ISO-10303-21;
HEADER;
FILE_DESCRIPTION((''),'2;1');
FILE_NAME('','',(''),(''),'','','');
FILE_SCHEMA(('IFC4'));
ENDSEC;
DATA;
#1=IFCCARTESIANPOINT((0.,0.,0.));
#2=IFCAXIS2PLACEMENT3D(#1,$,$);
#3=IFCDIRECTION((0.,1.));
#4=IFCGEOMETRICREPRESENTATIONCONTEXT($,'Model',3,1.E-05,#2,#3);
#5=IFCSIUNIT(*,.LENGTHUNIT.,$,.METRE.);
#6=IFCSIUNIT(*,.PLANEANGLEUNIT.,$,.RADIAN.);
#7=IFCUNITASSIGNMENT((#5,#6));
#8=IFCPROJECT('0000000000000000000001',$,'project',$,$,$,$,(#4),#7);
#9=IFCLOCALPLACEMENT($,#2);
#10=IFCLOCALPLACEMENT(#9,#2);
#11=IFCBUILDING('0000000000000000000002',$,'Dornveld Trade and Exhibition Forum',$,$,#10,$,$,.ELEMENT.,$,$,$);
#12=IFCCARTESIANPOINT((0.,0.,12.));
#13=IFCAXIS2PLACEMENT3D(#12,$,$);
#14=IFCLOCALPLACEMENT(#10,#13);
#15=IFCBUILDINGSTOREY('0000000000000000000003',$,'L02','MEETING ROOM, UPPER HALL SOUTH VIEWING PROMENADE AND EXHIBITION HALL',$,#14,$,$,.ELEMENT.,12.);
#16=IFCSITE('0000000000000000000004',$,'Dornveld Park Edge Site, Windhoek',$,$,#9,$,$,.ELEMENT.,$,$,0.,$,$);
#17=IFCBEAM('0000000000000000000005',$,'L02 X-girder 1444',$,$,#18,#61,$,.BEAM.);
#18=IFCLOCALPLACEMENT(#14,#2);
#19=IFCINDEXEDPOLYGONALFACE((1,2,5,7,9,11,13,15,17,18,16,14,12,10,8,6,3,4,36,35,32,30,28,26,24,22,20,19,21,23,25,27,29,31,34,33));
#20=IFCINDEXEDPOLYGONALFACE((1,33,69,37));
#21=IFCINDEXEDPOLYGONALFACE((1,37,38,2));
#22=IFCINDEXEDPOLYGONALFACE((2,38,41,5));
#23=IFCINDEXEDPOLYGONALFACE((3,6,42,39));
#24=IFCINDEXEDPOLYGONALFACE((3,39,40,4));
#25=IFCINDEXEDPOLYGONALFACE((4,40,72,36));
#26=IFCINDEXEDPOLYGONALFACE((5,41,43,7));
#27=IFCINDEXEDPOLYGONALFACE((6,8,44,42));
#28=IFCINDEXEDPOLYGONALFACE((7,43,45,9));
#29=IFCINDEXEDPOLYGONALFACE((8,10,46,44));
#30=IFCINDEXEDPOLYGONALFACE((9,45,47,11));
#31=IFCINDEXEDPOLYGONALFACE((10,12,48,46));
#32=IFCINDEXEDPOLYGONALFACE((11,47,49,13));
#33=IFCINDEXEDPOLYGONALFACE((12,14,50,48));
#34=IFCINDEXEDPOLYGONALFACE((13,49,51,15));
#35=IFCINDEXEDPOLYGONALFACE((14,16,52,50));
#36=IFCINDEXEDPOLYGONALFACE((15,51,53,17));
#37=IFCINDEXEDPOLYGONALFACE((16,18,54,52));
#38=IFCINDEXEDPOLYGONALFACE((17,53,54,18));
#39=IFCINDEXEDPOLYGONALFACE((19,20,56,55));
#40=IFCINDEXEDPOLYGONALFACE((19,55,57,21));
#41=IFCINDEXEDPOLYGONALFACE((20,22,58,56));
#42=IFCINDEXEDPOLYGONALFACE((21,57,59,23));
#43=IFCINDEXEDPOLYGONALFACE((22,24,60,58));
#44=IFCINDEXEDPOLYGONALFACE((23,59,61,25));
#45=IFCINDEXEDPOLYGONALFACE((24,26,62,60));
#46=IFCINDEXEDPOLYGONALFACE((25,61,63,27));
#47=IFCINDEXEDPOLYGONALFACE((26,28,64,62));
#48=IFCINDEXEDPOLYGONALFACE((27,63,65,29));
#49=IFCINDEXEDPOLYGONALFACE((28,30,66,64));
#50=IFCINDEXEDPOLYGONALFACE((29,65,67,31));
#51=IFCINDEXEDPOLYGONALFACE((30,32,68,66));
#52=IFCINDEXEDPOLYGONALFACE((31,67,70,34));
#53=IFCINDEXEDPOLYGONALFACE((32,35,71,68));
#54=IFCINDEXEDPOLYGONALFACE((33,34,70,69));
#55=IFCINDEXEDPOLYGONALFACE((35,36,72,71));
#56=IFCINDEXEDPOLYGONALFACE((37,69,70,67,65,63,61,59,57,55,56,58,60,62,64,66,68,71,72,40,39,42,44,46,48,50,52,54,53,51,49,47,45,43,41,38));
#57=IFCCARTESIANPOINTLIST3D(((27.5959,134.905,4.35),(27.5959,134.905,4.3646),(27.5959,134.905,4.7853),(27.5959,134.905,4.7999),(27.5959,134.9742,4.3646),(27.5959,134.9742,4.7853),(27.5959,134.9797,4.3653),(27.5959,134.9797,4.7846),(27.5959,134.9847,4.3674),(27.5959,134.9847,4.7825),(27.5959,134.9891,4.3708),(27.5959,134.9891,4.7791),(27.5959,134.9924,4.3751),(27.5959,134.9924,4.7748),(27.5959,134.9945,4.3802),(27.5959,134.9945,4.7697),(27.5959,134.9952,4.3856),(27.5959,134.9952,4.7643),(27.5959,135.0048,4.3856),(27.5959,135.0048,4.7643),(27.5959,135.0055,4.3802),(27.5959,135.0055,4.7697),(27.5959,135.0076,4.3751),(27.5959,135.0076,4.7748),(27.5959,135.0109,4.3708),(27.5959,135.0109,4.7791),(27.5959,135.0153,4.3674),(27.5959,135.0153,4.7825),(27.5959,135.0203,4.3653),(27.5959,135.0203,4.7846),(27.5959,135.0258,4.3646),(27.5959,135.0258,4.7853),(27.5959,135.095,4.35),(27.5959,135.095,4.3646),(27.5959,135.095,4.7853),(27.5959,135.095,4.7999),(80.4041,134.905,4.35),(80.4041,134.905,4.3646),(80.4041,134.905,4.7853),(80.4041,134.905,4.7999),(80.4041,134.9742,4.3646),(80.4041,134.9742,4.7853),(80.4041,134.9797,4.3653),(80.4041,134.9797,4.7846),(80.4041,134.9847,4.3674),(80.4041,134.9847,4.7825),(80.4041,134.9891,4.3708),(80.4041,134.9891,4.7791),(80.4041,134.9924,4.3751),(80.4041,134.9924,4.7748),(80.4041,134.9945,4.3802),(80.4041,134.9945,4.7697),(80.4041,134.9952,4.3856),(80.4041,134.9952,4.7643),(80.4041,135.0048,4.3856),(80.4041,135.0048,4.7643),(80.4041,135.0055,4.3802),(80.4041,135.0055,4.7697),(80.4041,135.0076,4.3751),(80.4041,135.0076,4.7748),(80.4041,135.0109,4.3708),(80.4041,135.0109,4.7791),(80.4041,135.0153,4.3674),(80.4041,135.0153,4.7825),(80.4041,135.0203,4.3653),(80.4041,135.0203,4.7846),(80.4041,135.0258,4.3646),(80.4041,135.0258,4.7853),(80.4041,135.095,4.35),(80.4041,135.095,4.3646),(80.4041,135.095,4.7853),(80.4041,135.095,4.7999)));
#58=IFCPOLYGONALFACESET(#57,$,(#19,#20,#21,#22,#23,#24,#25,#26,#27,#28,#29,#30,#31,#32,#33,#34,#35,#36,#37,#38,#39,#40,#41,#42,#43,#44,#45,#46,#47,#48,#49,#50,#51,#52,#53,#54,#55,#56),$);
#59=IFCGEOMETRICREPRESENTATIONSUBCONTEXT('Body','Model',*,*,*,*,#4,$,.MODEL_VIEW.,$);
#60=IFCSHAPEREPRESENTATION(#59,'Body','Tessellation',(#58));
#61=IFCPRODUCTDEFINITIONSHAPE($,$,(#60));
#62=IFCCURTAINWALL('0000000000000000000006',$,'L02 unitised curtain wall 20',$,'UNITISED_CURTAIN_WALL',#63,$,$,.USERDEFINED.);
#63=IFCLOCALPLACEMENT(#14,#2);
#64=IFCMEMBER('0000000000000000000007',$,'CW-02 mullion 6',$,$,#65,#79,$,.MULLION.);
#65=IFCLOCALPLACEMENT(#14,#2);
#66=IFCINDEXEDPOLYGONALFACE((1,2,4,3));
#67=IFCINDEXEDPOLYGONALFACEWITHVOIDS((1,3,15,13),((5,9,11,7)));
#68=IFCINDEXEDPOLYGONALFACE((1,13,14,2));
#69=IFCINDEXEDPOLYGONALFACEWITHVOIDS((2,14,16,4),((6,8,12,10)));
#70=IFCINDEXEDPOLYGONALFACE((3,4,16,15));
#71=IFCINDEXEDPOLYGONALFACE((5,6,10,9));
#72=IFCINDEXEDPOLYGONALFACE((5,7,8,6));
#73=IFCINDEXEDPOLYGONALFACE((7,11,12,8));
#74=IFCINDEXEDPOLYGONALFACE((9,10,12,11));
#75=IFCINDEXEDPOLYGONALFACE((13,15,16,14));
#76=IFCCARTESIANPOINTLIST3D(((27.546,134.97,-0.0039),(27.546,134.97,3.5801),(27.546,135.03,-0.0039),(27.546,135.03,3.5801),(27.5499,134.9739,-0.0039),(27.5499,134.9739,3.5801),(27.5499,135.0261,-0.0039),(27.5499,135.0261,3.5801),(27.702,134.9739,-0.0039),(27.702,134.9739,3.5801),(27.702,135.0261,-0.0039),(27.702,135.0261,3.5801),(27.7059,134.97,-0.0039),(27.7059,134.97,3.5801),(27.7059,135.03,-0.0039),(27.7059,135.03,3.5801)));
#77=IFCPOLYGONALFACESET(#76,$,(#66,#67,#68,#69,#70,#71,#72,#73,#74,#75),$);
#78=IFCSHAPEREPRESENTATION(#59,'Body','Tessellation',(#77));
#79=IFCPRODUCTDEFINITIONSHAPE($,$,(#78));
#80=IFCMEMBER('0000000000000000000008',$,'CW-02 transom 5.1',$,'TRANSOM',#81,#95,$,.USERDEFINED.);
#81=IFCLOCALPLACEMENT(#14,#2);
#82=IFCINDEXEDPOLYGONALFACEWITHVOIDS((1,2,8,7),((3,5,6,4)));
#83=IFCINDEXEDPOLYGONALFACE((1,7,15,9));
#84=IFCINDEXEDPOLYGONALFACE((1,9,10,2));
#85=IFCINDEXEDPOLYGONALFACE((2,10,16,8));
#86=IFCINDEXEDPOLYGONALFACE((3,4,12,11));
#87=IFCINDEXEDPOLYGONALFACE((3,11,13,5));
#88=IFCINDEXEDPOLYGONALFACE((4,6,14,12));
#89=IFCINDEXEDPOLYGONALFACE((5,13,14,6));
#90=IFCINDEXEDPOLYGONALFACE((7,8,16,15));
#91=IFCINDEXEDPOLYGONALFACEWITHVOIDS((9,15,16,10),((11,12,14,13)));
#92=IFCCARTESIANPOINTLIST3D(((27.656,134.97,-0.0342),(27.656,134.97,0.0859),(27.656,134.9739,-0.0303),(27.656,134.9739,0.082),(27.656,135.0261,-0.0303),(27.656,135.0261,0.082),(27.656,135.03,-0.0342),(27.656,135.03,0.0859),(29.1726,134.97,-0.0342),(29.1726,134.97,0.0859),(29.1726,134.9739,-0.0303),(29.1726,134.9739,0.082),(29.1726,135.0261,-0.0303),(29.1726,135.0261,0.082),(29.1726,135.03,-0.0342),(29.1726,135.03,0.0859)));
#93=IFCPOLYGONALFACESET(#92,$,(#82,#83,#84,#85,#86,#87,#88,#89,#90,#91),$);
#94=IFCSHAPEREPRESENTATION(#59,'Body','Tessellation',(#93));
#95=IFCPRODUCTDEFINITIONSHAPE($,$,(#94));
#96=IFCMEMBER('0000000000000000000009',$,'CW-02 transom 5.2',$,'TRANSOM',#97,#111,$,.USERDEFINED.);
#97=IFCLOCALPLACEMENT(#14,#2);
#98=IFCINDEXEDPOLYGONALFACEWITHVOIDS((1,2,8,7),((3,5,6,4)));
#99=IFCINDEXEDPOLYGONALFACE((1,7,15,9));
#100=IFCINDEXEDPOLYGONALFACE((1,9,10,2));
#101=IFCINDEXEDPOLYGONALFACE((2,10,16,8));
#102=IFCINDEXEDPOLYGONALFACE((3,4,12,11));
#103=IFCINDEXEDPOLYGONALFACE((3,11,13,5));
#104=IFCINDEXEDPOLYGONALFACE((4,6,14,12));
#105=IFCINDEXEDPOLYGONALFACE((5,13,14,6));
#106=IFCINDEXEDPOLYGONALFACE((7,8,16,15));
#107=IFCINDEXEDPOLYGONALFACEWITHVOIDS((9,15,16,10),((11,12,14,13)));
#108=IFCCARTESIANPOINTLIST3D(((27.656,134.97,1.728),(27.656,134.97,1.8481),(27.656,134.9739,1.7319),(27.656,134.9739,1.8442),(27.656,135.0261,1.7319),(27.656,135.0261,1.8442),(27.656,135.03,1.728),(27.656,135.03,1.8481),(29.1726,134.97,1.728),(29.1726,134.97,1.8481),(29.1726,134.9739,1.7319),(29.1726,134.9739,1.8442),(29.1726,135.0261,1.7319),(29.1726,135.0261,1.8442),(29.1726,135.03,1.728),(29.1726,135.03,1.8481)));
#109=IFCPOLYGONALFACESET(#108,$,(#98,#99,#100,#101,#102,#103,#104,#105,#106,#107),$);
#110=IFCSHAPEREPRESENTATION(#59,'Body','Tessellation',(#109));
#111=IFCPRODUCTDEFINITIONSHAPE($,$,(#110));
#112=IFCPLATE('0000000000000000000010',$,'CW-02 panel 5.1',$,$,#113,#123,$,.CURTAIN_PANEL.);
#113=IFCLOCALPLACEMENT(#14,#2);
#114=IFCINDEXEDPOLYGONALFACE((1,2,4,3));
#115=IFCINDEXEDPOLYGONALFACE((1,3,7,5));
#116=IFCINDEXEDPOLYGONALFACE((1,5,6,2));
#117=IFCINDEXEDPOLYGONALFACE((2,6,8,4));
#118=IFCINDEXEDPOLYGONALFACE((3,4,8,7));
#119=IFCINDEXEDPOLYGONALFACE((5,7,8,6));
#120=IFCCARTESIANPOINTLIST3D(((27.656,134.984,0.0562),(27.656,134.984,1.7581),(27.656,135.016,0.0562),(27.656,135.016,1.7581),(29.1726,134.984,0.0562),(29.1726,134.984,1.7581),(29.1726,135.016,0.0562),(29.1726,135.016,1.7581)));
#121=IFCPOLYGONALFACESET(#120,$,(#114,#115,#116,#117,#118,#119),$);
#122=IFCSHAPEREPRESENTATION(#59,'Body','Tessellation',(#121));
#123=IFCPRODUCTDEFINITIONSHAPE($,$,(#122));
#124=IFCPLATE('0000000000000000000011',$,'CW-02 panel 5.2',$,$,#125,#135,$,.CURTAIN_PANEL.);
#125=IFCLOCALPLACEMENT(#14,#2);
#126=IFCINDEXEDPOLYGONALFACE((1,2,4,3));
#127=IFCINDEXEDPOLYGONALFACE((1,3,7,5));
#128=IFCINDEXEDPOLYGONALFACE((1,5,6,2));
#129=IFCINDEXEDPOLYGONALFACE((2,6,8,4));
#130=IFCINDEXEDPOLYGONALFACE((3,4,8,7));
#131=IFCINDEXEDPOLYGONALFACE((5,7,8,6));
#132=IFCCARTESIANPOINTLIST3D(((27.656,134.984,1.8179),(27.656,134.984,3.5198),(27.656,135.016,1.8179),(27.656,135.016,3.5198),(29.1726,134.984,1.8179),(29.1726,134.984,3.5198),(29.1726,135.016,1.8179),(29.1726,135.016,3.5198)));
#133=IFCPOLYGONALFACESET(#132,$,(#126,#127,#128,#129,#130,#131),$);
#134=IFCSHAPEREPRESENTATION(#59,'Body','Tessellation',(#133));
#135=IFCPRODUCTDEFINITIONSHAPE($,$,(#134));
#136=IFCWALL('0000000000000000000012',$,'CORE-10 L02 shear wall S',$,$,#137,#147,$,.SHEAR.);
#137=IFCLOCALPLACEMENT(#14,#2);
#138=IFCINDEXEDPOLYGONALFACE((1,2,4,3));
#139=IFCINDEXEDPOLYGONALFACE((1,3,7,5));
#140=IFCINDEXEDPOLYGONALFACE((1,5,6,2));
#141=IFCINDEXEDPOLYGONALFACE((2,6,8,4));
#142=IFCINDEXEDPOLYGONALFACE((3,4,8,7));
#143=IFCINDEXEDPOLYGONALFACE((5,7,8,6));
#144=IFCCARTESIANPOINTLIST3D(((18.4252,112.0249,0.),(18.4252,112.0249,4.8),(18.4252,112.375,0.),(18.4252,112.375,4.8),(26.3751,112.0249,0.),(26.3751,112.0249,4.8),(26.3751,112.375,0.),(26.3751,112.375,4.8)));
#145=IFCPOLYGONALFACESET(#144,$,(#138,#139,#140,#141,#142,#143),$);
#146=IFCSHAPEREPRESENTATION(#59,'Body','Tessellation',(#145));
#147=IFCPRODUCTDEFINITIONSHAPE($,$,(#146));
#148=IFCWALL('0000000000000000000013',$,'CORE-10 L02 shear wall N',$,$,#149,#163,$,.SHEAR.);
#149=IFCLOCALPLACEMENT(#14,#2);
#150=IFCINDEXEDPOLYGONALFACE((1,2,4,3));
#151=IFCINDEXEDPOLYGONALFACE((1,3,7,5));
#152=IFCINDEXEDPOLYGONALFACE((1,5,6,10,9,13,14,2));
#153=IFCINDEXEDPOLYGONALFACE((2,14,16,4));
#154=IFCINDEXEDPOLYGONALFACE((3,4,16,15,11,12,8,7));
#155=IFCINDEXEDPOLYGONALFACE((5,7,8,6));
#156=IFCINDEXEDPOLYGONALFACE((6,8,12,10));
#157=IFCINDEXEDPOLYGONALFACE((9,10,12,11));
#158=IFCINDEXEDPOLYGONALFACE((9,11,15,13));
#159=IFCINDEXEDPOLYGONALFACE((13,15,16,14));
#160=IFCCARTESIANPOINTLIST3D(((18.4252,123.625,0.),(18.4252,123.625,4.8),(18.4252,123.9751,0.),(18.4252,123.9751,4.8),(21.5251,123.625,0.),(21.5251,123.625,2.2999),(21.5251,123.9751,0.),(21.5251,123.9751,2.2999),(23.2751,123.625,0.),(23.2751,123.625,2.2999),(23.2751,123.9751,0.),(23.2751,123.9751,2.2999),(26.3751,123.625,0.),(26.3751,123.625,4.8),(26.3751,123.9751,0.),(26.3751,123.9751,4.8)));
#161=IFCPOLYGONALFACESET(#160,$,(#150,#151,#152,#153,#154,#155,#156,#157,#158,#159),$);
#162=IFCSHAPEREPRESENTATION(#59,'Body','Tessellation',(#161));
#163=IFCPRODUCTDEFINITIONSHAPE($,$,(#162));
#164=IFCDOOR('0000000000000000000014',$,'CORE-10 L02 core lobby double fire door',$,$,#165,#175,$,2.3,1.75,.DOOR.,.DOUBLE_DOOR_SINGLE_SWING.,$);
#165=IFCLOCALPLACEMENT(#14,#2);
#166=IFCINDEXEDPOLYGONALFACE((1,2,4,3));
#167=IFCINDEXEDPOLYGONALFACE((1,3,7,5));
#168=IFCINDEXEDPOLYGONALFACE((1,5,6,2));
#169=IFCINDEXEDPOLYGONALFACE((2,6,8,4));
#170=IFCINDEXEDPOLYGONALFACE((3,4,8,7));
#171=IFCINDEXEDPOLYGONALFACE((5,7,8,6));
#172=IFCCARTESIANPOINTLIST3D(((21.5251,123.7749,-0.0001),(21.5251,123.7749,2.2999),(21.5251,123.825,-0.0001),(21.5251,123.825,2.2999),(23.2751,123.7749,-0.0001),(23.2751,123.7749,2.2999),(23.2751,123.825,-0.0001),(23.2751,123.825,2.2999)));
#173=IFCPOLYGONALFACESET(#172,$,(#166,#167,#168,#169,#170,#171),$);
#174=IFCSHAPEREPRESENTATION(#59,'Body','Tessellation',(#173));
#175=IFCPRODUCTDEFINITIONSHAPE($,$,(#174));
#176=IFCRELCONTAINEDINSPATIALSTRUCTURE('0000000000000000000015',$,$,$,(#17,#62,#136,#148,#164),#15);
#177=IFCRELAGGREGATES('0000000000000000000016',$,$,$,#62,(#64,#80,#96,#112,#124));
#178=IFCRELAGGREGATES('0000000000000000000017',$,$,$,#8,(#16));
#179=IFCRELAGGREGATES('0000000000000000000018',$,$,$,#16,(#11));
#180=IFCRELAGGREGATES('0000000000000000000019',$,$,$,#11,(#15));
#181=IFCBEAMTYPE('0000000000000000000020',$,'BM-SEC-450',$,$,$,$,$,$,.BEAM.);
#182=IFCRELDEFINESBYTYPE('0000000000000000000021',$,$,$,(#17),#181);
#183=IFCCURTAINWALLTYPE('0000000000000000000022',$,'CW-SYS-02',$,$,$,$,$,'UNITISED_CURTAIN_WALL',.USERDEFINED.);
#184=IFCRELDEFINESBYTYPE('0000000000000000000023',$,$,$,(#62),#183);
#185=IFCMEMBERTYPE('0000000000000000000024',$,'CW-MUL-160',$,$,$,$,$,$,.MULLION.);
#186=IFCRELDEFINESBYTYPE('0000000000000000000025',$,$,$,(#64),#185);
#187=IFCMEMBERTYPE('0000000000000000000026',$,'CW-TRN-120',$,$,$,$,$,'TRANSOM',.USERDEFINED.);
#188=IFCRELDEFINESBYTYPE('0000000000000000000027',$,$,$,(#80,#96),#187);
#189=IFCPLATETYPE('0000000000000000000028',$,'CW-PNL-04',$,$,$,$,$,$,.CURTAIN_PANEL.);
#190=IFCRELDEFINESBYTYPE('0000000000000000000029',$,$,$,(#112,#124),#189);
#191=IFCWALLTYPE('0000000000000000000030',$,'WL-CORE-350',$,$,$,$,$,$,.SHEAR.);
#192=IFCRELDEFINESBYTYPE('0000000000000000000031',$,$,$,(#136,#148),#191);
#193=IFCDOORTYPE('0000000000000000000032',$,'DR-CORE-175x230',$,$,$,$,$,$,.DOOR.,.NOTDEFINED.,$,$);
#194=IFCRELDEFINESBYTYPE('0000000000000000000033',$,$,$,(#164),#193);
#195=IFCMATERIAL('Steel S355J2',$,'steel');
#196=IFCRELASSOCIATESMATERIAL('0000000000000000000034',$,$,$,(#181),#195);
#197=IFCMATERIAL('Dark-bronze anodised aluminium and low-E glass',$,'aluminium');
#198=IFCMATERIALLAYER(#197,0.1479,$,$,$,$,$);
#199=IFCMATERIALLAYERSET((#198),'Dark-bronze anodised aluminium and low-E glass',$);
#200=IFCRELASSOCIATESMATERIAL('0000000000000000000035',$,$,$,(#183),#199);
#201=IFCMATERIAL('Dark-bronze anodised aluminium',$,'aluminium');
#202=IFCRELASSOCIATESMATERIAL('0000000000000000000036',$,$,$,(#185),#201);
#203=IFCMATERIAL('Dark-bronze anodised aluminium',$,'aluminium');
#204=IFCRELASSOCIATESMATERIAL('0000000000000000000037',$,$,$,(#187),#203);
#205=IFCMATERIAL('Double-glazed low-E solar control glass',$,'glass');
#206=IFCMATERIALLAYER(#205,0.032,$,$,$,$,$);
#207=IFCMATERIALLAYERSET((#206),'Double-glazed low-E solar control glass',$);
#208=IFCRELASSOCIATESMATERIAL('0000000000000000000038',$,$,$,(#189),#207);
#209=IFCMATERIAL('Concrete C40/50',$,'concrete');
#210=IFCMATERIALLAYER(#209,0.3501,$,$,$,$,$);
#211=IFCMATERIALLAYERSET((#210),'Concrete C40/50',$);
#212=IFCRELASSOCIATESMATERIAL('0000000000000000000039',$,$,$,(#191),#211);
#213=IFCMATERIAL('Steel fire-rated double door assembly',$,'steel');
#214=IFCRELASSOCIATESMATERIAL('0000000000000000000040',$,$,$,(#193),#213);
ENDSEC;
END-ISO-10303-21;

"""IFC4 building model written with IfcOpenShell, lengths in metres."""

from ifc_helpers import new_model, si_unit, direction, frame, frame_2d, origin, origin_2d, place, context, subcontext, project, spatial, rectangle, hollow_rectangle, i_section, extrude, material, layer, layer_set, material_profile, profile_set, type_object, element, fill, aggregate, save


model = new_model("IFC4")

# Units and contexts
model_context = context("Model", 3, precision=1e-05, world=origin(), true_north=direction((0.0, 1.0)))
body_context = subcontext(model_context, "Body", "Model", "MODEL_VIEW")
ifc_project = project(units=[si_unit("LENGTHUNIT", "METRE"), si_unit("PLANEANGLEUNIT", "RADIAN")], contexts=[model_context])

# Site, building, storey
site_placement = place(None, origin())
site = spatial("IfcSite", under=ifc_project, at=site_placement, Name="Dornveld Park Edge Site, Windhoek", CompositionType="ELEMENT", RefElevation=0.0)
building_placement = place(site_placement, origin())
building = spatial("IfcBuilding", under=site, at=building_placement, Name="Dornveld Trade and Exhibition Forum", CompositionType="ELEMENT")
storey_placement = place(building_placement, frame((0.0, 0.0, 12.0)))
storey = spatial("IfcBuildingStorey", under=building, at=storey_placement, Name="L02", Description="MEETING ROOM, UPPER HALL SOUTH VIEWING PROMENADE AND EXHIBITION HALL", CompositionType="ELEMENT", Elevation=12.0)

# Beam
ifc_material_1 = material(Name="Steel S355J2", Category="steel")
ifc_material_profile_1 = material_profile(ifc_material_1, i_section(OverallWidth=0.1899, OverallDepth=0.45, WebThickness=0.0095, FlangeThickness=0.0146, FilletRadius=0.021, at=origin_2d()), Name="IPE 450")
ifc_profile_set_1 = profile_set([ifc_material_profile_1], Name="Steel S355J2")
beam_type_1 = type_object("IfcBeamType", Name="BM-SEC-450", PredefinedType="BEAM", material=ifc_profile_set_1)
beam_1_placement = place(storey_placement, frame((27.5959, 135.0, 4.575), z_axis=(1.0, 0.0, 0.0), x_axis=(0.0, 1.0, 0.0)))
element("IfcBeam", 1, at=beam_1_placement, inside=storey, type_object=beam_type_1, Name="L02 X-girder 1444", PredefinedType="BEAM", context=body_context, shape_type="SweptSolid", body=[
    extrude(i_section(OverallWidth=0.1899, OverallDepth=0.45, WebThickness=0.0095, FlangeThickness=0.0146, FilletRadius=0.021, at=origin_2d()), origin(), (0.0, 0.0, 1.0), 52.8081),
])

# Curtain wall, members, plates
ifc_material_2 = material(Name="Dark-bronze anodised aluminium and low-E glass", Category="aluminium")
ifc_layer_1 = layer(ifc_material_2, 0.1479)
ifc_layer_set_1 = layer_set([ifc_layer_1], Name="Dark-bronze anodised aluminium and low-E glass")
curtain_wall_type = type_object("IfcCurtainWallType", Name="CW-SYS-02", ElementType="UNITISED_CURTAIN_WALL", PredefinedType="USERDEFINED", material=ifc_layer_set_1)
curtain_wall_placement = place(storey_placement, origin())
curtain_wall = element("IfcCurtainWall", 2, at=curtain_wall_placement, inside=storey, type_object=curtain_wall_type, Name="L02 unitised curtain wall 20", ObjectType="UNITISED_CURTAIN_WALL", PredefinedType="USERDEFINED")
ifc_material_3 = material(Name="Dark-bronze anodised aluminium", Category="aluminium")
ifc_material_profile_2 = material_profile(ifc_material_3, hollow_rectangle(XDim=0.0601, YDim=0.1599, WallThickness=0.0039, at=origin_2d()), Name="RHS 160x60x4")
ifc_profile_set_2 = profile_set([ifc_material_profile_2], Name="Dark-bronze anodised aluminium")
member_type_1 = type_object("IfcMemberType", Name="CW-MUL-160", PredefinedType="MULLION", material=ifc_profile_set_2)
member_1_placement = place(storey_placement, frame((27.626, 135.0, -0.0039), z_axis=(0.0, 0.0, 1.0), x_axis=(0.0, -1.0, 0.0)))
member_1 = element("IfcMember", 3, at=member_1_placement, type_object=member_type_1, Name="CW-02 mullion 6", PredefinedType="MULLION", context=body_context, shape_type="SweptSolid", body=[
    extrude(hollow_rectangle(XDim=0.0601, YDim=0.1599, WallThickness=0.0039, at=origin_2d()), origin(), (0.0, 0.0, 1.0), 3.584),
])
ifc_material_4 = material(Name="Dark-bronze anodised aluminium", Category="aluminium")
ifc_material_profile_3 = material_profile(ifc_material_4, hollow_rectangle(XDim=0.0601, YDim=0.1201, WallThickness=0.0039, at=origin_2d()), Name="RHS 120x60x4")
ifc_profile_set_3 = profile_set([ifc_material_profile_3], Name="Dark-bronze anodised aluminium")
member_type_2 = type_object("IfcMemberType", Name="CW-TRN-120", ElementType="TRANSOM", PredefinedType="USERDEFINED", material=ifc_profile_set_3)
member_2_placement = place(storey_placement, frame((29.1726, 135.0, 0.0259), z_axis=(-1.0, 0.0, 0.0), x_axis=(0.0, -1.0, 0.0)))
member_2 = element("IfcMember", 4, at=member_2_placement, type_object=member_type_2, Name="CW-02 transom 5.1", ObjectType="TRANSOM", PredefinedType="USERDEFINED", context=body_context, shape_type="SweptSolid", body=[
    extrude(hollow_rectangle(XDim=0.0601, YDim=0.1201, WallThickness=0.0039, at=origin_2d()), origin(), (0.0, 0.0, 1.0), 1.5166),
])
member_3_placement = place(storey_placement, frame((29.1726, 135.0, 1.7881), z_axis=(-1.0, 0.0, 0.0), x_axis=(0.0, -1.0, 0.0)))
member_3 = element("IfcMember", 5, at=member_3_placement, type_object=member_type_2, Name="CW-02 transom 5.2", ObjectType="TRANSOM", PredefinedType="USERDEFINED", context=body_context, shape_type="SweptSolid", body=[
    extrude(hollow_rectangle(XDim=0.0601, YDim=0.1201, WallThickness=0.0039, at=origin_2d()), origin(), (0.0, 0.0, 1.0), 1.5166),
])
ifc_material_5 = material(Name="Double-glazed low-E solar control glass", Category="glass")
ifc_layer_2 = layer(ifc_material_5, 0.032)
ifc_layer_set_2 = layer_set([ifc_layer_2], Name="Double-glazed low-E solar control glass")
plate_type = type_object("IfcPlateType", Name="CW-PNL-04", PredefinedType="CURTAIN_PANEL", material=ifc_layer_set_2)
plate_1_placement = place(storey_placement, frame((28.4143, 135.0, 0.0562), z_axis=(0.0, 0.0, 1.0), x_axis=(-1.0, 0.0, 0.0)))
plate_1 = element("IfcPlate", 6, at=plate_1_placement, type_object=plate_type, Name="CW-02 panel 5.1", PredefinedType="CURTAIN_PANEL", context=body_context, shape_type="SweptSolid", body=[
    extrude(rectangle(XDim=1.5166, YDim=0.032, at=origin_2d()), origin(), (0.0, 0.0, 1.0), 1.7019),
])
plate_2_placement = place(storey_placement, frame((28.4143, 135.0, 1.8179), z_axis=(0.0, 0.0, 1.0), x_axis=(-1.0, 0.0, 0.0)))
plate_2 = element("IfcPlate", 7, at=plate_2_placement, type_object=plate_type, Name="CW-02 panel 5.2", PredefinedType="CURTAIN_PANEL", context=body_context, shape_type="SweptSolid", body=[
    extrude(rectangle(XDim=1.5166, YDim=0.032, at=origin_2d()), origin(), (0.0, 0.0, 1.0), 1.7019),
])
aggregate(curtain_wall, [member_1, member_2, member_3, plate_1, plate_2])

# Wall
ifc_material_6 = material(Name="Concrete C40/50", Category="concrete")
ifc_layer_3 = layer(ifc_material_6, 0.3501)
ifc_layer_set_3 = layer_set([ifc_layer_3], Name="Concrete C40/50")
wall_type_1 = type_object("IfcWallType", Name="WL-CORE-350", PredefinedType="SHEAR", material=ifc_layer_set_3)
wall_1_placement = place(storey_placement, frame((18.425, 112.2, 0.0), z_axis=(0.0, 0.0, 1.0), x_axis=(1.0, 0.0, 0.0)))
element("IfcWall", 8, at=wall_1_placement, inside=storey, type_object=wall_type_1, Name="CORE-10 L02 shear wall S", PredefinedType="SHEAR", context=body_context, shape_type="SweptSolid", body=[
    extrude(rectangle(XDim=7.95, YDim=0.3501, at=frame_2d((3.9751, 0.0))), origin(), (0.0, 0.0, 1.0), 4.8),
])

# Wall, opening, door
wall_2_placement = place(storey_placement, frame((18.425, 123.8, 0.0), z_axis=(0.0, 0.0, 1.0), x_axis=(1.0, 0.0, 0.0)))
wall_2 = element("IfcWall", 9, at=wall_2_placement, inside=storey, type_object=wall_type_1, Name="CORE-10 L02 shear wall N", PredefinedType="SHEAR", context=body_context, shape_type="SweptSolid", body=[
    extrude(rectangle(XDim=7.95, YDim=0.3501, at=frame_2d((3.9751, 0.0))), origin(), (0.0, 0.0, 1.0), 4.8),
])
opening_1_placement = place(wall_2_placement, frame((3.1001, 0.0, 0.0)))
opening_1 = element("IfcOpeningElement", 10, at=opening_1_placement, cuts=wall_2, PredefinedType="OPENING", context=body_context, shape_type="SweptSolid", body=[
    extrude(rectangle(XDim=1.75, YDim=2.3, at=frame_2d((0.875, 1.1499))), frame((0.0, 0.1851, 0.0), z_axis=(0.0, -1.0, 0.0), x_axis=(1.0, 0.0, 0.0)), (0.0, 0.0, 1.0), 0.3701),
])
ifc_material_7 = material(Name="Steel fire-rated double door assembly", Category="steel")
door_type_1 = type_object("IfcDoorType", Name="DR-CORE-175x230", OperationType="NOTDEFINED", PredefinedType="DOOR", material=ifc_material_7)
door_1_placement = place(opening_1_placement, origin())
door_1 = element("IfcDoor", 11, at=door_1_placement, inside=storey, type_object=door_type_1, Name="CORE-10 L02 core lobby double fire door", OperationType="DOUBLE_DOOR_SINGLE_SWING", OverallHeight=2.3, OverallWidth=1.75, PredefinedType="DOOR", context=body_context, shape_type="SweptSolid", body=[
    extrude(rectangle(XDim=1.75, YDim=2.3, at=frame_2d((0.875, 1.1499))), frame((0.0, 0.0249, 0.0), z_axis=(0.0, -1.0, 0.0), x_axis=(1.0, 0.0, 0.0)), (0.0, 0.0, 1.0), 0.05),
])
fill(opening_1, door_1)

save(model, "model.ifc")
